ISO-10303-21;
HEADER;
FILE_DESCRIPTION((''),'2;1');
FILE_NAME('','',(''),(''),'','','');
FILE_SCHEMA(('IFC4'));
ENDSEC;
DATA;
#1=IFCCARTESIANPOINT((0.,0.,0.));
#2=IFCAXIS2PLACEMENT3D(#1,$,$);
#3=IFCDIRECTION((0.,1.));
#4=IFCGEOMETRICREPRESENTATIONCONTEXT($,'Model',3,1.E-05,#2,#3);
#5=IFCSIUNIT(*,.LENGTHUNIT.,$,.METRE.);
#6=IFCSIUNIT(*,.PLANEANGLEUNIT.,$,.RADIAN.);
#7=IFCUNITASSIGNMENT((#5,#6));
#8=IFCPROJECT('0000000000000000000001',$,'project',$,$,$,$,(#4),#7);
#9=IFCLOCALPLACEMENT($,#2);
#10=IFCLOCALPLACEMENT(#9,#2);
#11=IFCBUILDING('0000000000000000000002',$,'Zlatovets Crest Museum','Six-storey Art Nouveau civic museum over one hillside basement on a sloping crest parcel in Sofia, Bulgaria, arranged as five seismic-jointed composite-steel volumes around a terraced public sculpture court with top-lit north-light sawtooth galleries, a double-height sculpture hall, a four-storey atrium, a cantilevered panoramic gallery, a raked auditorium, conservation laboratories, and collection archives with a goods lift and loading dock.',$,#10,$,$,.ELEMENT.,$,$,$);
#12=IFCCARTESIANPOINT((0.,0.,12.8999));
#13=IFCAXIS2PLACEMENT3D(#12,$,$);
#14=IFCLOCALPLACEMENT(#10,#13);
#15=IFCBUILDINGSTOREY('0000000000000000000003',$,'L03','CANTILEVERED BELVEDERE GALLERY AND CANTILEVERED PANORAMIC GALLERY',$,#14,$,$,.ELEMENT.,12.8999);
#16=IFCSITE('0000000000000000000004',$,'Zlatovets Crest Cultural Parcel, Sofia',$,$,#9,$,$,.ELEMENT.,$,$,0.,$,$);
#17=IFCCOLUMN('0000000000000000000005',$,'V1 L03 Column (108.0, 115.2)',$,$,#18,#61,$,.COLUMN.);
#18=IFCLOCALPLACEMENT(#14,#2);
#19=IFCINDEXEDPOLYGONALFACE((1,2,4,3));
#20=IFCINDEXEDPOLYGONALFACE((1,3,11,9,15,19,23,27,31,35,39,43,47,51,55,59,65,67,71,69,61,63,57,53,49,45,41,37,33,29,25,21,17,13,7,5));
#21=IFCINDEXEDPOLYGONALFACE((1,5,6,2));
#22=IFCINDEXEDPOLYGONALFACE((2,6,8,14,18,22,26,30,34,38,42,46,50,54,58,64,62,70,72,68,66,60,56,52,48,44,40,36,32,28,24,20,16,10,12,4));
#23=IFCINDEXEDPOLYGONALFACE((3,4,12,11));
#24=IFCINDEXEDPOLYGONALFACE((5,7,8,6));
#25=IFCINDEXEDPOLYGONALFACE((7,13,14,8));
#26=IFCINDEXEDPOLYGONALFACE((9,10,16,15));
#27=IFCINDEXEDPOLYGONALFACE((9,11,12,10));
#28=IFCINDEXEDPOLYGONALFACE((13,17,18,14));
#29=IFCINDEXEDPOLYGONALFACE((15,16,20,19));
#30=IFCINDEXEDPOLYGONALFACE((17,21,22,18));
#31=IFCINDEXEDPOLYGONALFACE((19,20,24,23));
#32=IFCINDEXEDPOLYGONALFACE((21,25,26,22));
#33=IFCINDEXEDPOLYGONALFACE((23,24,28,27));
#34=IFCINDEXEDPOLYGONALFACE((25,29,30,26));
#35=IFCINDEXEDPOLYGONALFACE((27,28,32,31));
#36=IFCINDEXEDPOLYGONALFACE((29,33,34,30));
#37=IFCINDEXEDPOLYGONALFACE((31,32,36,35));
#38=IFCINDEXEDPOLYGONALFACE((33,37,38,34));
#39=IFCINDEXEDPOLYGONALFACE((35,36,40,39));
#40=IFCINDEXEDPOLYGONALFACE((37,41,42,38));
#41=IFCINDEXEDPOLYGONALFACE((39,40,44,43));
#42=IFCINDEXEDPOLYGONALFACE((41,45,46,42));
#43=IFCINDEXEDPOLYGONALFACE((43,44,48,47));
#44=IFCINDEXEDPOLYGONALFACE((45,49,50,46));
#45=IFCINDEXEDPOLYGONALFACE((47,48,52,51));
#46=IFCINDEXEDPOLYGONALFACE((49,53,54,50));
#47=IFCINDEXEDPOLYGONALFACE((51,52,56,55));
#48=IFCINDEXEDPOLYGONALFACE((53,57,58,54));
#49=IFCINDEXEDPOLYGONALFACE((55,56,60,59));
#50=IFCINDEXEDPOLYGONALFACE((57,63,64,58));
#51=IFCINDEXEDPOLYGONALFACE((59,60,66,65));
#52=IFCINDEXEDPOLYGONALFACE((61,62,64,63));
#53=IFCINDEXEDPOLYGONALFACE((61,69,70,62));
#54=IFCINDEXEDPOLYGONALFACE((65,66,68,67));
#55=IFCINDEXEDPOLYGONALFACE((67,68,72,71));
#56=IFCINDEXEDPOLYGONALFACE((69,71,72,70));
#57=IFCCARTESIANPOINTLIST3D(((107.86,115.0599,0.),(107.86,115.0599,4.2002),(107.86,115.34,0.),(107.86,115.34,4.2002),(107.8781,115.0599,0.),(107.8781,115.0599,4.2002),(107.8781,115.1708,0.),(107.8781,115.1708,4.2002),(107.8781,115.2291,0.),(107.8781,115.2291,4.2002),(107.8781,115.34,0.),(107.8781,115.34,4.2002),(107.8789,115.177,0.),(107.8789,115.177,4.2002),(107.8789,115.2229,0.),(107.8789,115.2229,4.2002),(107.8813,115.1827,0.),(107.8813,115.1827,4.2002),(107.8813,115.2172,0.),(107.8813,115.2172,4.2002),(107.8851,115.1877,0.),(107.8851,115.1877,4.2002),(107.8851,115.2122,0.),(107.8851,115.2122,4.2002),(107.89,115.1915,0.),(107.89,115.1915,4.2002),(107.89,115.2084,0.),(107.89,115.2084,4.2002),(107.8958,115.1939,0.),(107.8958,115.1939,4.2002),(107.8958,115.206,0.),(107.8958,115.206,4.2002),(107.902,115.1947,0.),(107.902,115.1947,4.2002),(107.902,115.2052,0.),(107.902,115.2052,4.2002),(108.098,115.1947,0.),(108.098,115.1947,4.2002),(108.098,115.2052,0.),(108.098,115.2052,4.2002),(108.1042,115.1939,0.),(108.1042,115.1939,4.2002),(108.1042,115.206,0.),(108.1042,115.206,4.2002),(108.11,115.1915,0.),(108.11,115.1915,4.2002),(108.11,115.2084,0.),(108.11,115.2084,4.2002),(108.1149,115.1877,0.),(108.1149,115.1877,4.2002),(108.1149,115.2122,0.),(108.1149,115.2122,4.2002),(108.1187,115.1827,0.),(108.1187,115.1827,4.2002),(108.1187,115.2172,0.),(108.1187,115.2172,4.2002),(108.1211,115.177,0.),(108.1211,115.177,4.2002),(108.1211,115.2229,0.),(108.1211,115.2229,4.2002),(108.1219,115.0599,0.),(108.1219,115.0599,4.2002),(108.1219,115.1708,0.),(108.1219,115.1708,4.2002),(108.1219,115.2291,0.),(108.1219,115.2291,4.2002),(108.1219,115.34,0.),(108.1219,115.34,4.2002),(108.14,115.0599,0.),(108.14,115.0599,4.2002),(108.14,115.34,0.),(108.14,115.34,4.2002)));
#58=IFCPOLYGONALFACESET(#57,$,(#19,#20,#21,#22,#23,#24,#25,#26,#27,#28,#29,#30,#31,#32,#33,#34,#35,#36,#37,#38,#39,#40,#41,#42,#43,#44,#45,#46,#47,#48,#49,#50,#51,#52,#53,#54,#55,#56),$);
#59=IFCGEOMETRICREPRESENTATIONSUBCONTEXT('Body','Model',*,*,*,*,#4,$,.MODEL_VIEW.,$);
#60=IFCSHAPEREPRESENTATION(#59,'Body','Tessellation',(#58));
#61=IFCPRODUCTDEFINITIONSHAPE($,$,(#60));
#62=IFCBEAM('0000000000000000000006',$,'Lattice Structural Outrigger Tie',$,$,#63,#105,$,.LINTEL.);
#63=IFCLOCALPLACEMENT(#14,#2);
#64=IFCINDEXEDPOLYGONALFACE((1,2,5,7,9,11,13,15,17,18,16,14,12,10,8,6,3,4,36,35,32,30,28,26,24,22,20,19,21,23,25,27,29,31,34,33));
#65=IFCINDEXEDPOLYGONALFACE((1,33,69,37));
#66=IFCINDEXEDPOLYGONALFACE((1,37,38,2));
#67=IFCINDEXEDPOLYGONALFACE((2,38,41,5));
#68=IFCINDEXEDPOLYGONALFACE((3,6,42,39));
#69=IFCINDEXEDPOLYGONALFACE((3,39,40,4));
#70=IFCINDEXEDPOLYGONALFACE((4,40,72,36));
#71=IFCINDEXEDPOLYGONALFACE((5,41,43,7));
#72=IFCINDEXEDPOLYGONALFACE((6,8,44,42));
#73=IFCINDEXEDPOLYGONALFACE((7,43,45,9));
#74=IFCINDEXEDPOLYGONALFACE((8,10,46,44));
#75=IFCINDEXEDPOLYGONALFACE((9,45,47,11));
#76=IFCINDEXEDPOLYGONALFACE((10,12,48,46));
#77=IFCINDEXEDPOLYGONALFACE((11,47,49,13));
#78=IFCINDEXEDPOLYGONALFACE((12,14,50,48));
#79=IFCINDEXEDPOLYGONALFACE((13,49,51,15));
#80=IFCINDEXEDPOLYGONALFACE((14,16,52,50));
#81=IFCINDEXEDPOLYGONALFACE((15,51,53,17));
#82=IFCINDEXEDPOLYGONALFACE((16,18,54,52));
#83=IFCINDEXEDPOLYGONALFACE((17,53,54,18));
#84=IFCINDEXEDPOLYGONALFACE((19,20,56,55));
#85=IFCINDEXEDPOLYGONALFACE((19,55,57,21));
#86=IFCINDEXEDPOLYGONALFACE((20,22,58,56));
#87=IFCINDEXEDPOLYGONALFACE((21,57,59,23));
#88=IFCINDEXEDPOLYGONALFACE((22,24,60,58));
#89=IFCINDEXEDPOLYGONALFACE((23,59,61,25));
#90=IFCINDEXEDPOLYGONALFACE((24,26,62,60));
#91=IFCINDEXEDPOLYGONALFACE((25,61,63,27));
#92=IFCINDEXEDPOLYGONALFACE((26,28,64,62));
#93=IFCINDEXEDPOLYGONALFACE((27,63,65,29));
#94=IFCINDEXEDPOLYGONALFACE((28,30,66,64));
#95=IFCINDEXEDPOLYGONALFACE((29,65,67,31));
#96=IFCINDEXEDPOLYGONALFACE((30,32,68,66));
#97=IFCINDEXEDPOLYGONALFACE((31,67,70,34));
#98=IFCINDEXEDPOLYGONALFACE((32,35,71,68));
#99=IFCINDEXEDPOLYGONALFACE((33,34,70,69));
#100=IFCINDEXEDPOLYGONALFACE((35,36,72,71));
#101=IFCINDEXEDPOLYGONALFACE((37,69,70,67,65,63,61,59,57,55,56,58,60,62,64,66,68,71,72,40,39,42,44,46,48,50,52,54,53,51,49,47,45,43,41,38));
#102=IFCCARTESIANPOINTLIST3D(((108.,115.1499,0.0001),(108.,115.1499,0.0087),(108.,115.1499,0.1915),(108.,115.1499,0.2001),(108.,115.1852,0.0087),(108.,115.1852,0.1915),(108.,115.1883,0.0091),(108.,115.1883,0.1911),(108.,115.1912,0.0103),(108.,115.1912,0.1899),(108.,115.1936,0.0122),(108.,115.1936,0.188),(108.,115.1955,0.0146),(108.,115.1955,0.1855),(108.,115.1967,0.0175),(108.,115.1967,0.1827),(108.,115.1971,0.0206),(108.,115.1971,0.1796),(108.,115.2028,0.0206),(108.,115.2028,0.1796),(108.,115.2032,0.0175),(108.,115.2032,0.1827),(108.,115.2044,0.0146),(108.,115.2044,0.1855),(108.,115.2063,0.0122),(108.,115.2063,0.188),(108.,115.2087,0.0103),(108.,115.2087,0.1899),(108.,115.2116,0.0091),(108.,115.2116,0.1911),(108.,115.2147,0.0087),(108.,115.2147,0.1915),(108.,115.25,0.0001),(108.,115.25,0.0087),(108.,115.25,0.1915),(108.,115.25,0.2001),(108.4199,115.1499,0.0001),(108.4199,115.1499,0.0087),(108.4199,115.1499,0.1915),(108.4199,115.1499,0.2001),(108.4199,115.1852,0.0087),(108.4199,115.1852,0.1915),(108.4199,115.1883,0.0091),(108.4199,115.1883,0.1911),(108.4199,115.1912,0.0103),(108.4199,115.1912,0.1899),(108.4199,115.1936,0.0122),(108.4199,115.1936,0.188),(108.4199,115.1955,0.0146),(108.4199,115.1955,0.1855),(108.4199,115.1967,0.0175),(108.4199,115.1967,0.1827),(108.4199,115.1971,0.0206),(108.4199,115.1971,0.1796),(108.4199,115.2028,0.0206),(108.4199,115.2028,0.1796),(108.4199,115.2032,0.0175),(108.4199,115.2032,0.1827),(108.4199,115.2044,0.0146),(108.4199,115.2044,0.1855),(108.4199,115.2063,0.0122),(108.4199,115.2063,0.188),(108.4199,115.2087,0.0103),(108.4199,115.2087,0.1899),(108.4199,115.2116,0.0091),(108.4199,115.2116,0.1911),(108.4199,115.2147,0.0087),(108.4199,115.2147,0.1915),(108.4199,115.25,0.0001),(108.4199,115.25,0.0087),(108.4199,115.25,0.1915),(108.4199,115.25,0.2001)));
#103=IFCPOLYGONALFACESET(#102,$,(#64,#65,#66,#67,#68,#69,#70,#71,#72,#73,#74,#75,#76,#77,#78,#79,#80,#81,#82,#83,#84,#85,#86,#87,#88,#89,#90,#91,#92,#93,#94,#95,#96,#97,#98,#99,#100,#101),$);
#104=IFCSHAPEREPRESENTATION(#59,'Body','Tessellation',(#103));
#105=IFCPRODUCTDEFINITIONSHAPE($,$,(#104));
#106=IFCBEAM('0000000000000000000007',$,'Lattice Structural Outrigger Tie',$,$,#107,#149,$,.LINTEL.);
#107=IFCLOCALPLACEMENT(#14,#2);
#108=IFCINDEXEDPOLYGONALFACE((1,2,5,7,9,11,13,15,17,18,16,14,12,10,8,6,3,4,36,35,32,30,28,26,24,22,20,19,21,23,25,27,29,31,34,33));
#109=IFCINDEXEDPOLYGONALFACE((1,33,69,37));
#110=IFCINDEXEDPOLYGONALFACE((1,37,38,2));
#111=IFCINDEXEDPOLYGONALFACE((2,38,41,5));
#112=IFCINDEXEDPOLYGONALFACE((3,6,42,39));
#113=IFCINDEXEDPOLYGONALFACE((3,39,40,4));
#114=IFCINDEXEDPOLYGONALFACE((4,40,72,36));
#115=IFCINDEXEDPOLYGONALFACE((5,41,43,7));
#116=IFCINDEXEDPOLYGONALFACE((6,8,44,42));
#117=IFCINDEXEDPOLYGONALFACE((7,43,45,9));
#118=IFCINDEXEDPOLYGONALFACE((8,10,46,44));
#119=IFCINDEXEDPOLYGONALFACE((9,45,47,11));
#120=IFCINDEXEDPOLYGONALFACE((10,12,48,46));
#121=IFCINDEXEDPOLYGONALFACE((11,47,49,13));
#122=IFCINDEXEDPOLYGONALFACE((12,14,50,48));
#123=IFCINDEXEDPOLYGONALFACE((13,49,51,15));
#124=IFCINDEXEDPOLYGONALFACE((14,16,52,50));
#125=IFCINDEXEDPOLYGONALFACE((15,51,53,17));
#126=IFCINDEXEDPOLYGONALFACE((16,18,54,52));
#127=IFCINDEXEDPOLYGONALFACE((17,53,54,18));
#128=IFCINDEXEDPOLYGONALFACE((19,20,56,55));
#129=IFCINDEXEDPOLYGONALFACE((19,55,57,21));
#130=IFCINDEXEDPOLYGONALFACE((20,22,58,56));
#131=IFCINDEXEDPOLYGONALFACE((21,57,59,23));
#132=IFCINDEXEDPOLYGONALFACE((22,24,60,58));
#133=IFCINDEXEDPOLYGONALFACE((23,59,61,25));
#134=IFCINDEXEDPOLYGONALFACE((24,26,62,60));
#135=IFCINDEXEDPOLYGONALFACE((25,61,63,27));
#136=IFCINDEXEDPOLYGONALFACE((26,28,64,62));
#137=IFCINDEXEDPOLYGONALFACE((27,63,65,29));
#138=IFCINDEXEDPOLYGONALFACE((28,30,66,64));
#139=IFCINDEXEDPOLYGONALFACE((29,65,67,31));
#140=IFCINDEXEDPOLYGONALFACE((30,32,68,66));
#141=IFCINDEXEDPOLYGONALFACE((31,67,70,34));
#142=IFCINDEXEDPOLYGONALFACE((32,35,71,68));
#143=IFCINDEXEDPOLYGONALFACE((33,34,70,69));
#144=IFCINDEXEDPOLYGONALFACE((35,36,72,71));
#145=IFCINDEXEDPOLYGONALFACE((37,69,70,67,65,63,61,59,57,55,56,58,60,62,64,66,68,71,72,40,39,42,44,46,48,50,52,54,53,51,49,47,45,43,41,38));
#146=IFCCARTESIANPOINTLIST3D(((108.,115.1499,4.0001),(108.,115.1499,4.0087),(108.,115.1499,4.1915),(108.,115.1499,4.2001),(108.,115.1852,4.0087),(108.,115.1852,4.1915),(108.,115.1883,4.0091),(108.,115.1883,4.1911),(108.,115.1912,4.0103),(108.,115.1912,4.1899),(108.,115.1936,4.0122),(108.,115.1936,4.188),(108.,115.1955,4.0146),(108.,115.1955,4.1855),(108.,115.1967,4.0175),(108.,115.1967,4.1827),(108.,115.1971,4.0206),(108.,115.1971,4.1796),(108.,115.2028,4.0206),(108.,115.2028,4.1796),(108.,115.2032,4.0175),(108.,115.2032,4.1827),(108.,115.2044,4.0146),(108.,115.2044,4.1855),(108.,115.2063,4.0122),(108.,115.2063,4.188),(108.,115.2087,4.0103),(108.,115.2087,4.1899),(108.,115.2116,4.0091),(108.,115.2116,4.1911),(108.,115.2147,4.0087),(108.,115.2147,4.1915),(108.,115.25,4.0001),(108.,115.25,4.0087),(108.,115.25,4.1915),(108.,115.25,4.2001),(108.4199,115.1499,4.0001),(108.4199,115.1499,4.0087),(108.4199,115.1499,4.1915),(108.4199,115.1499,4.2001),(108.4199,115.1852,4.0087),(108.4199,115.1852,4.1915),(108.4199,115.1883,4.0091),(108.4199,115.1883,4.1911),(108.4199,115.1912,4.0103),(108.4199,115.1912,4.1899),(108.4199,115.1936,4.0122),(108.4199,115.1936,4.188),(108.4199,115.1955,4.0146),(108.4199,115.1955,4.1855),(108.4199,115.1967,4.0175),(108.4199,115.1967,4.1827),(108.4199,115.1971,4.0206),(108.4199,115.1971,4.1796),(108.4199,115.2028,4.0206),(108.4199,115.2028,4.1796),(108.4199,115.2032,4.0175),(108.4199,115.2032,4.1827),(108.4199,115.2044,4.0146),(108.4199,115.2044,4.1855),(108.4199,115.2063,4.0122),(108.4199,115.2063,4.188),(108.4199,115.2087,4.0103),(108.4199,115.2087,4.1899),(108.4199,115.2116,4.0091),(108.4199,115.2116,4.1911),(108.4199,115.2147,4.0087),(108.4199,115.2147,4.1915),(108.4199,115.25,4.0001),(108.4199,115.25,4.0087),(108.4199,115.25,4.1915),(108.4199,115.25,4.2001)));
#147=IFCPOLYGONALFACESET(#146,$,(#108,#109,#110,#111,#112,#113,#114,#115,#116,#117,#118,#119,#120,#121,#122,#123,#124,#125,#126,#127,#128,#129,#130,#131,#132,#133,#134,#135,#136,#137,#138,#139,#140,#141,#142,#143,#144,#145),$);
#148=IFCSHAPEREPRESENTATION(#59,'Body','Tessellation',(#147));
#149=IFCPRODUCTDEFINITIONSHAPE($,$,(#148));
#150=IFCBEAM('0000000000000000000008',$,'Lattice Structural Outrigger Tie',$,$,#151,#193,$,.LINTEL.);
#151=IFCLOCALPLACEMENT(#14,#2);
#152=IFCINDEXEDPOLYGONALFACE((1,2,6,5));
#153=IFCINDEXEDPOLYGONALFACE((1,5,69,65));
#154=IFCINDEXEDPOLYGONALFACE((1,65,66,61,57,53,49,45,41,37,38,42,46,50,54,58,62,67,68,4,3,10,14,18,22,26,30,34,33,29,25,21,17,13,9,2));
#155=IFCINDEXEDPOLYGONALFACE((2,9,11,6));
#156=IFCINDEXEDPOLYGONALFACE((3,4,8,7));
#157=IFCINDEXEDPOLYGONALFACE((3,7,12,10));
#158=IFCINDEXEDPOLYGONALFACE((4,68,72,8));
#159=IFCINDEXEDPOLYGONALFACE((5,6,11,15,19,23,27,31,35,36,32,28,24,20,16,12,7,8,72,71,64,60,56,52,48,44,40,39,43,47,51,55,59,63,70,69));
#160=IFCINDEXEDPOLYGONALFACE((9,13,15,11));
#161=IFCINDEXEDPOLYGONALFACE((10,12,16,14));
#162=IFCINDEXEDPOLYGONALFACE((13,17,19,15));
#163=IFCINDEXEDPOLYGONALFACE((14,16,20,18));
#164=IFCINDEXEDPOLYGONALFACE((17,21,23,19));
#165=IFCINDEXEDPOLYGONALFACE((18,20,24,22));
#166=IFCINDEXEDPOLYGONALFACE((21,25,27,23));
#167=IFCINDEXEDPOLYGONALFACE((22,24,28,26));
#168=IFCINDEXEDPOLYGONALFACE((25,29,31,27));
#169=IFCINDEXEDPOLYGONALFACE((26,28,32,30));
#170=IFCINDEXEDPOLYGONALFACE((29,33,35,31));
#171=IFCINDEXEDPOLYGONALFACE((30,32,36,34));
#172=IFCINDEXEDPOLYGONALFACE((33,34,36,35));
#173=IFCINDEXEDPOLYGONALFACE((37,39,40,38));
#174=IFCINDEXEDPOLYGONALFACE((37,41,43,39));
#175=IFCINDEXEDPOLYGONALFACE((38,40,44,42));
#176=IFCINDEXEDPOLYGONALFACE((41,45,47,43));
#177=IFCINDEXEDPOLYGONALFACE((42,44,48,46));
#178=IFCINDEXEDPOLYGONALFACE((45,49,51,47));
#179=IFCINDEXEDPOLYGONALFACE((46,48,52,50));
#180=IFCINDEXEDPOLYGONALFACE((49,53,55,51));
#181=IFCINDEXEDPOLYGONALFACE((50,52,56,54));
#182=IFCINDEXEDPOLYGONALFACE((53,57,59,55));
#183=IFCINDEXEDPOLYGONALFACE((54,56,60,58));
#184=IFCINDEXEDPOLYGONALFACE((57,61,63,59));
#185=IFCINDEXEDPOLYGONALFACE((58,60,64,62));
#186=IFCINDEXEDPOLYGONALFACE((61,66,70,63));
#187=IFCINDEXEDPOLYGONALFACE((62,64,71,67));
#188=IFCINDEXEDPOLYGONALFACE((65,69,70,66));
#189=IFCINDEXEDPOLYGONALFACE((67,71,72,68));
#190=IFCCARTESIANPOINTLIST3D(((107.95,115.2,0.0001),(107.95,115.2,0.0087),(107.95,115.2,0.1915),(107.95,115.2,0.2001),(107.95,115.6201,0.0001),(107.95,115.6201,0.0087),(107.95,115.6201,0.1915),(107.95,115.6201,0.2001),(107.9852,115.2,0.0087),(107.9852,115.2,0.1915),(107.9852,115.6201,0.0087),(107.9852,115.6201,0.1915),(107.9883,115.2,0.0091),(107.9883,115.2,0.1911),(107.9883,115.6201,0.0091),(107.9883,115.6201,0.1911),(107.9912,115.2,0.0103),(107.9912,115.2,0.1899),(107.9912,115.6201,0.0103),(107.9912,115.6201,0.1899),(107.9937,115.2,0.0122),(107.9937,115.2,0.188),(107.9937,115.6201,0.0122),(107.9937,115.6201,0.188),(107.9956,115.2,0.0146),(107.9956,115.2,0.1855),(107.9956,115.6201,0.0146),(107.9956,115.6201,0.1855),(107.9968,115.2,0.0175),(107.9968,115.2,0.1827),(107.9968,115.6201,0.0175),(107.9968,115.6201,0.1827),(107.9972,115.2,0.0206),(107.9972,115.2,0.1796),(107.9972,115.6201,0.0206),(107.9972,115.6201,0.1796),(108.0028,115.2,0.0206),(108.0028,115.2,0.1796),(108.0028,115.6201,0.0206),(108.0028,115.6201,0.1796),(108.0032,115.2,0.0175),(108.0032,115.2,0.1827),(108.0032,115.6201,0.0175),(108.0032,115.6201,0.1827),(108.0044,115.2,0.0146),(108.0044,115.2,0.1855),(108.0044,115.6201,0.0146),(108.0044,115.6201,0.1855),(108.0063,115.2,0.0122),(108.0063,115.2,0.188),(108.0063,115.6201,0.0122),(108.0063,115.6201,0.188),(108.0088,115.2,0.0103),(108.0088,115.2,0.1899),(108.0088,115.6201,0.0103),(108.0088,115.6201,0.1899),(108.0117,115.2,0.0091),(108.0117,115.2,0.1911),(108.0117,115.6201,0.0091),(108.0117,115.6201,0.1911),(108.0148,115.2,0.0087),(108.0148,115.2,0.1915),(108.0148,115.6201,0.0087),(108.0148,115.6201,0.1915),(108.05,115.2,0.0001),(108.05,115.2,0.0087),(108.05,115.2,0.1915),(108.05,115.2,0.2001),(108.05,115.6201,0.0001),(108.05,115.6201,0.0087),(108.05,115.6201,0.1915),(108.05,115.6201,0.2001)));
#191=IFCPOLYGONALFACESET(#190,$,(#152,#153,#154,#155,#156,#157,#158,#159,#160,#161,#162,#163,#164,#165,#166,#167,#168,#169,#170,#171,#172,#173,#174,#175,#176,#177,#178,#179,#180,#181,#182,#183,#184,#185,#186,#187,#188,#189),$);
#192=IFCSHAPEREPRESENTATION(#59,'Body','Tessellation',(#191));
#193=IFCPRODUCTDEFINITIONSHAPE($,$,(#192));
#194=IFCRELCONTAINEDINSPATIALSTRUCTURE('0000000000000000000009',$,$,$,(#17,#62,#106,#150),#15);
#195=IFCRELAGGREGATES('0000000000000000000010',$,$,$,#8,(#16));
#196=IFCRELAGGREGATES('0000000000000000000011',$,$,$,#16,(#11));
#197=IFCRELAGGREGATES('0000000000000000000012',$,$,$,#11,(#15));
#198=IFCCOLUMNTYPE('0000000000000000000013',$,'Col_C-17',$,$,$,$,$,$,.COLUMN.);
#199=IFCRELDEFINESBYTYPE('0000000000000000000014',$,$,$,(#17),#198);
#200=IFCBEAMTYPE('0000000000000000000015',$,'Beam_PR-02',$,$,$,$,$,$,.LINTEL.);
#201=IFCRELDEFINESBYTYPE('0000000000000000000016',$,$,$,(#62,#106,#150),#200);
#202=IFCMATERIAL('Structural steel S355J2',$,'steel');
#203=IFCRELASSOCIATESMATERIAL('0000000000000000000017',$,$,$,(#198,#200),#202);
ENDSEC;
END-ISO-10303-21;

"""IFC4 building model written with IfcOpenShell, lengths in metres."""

from ifc_helpers import new_model, si_unit, direction, frame, origin, origin_2d, place, context, subcontext, project, spatial, i_section, extrude, material, material_profile, profile_set, type_object, element, save


model = new_model("IFC4")

# Units and contexts
model_context = context("Model", 3, precision=1e-05, world=origin(), true_north=direction((0.0, 1.0)))
body_context = subcontext(model_context, "Body", "Model", "MODEL_VIEW")
ifc_project = project(units=[si_unit("LENGTHUNIT", "METRE"), si_unit("PLANEANGLEUNIT", "RADIAN")], contexts=[model_context])

# Site, building, storey
site_placement = place(None, origin())
site = spatial("IfcSite", under=ifc_project, at=site_placement, Name="Zlatovets Crest Cultural Parcel, Sofia", CompositionType="ELEMENT", RefElevation=0.0)
building_placement = place(site_placement, origin())
building = spatial("IfcBuilding", under=site, at=building_placement, Name="Zlatovets Crest Museum", Description="Six-storey Art Nouveau civic museum over one hillside basement on a sloping crest parcel in Sofia, Bulgaria, arranged as five seismic-jointed composite-steel volumes around a terraced public sculpture court with top-lit north-light sawtooth galleries, a double-height sculpture hall, a four-storey atrium, a cantilevered panoramic gallery, a raked auditorium, conservation laboratories, and collection archives with a goods lift and loading dock.", CompositionType="ELEMENT")
storey_placement = place(building_placement, frame((0.0, 0.0, 12.8999)))
storey = spatial("IfcBuildingStorey", under=building, at=storey_placement, Name="L03", Description="CANTILEVERED BELVEDERE GALLERY AND CANTILEVERED PANORAMIC GALLERY", CompositionType="ELEMENT", Elevation=12.8999)

# Column
ifc_material_1 = material(Name="Structural steel S355J2", Category="steel")
ifc_material_profile_1 = material_profile(ifc_material_1, i_section(OverallWidth=0.28, OverallDepth=0.28, WebThickness=0.0105, FlangeThickness=0.0181, FilletRadius=0.0239, at=origin_2d()), Name="HEB 280")
ifc_profile_set_1 = profile_set([ifc_material_profile_1], Name="Structural steel S355J2")
column_type = type_object("IfcColumnType", Name="Col_C-17", PredefinedType="COLUMN", material=ifc_profile_set_1)
column_placement = place(storey_placement, frame((108.0, 115.2, 0.0), z_axis=(0.0, 0.0, 1.0), x_axis=(0.0, 1.0, 0.0)))
element("IfcColumn", 1, at=column_placement, inside=storey, type_object=column_type, Name="V1 L03 Column (108.0, 115.2)", PredefinedType="COLUMN", context=body_context, shape_type="SweptSolid", body=[
    extrude(i_section(OverallWidth=0.28, OverallDepth=0.28, WebThickness=0.0105, FlangeThickness=0.0181, FilletRadius=0.0239, at=origin_2d()), origin(), (0.0, 0.0, 1.0), 4.2002),
])

# Beams
ifc_material_profile_2 = material_profile(ifc_material_1, i_section(OverallWidth=0.1001, OverallDepth=0.2, WebThickness=0.0056, FlangeThickness=0.0085, FilletRadius=0.012, at=origin_2d()), Name="IPE 200")
ifc_profile_set_2 = profile_set([ifc_material_profile_2], Name="Structural steel S355J2")
beam_type = type_object("IfcBeamType", Name="Beam_PR-02", PredefinedType="LINTEL", material=ifc_profile_set_2)
for number, where, z_axis, x_axis, name in (
    (2, (108.0, 115.2, 0.1001), (1.0, 0.0, 0.0), (0.0, 1.0, 0.0), "Lattice Structural Outrigger Tie"),
    (3, (108.0, 115.2, 4.1001), (1.0, 0.0, 0.0), (0.0, 1.0, 0.0), "Lattice Structural Outrigger Tie"),
):
    element("IfcBeam", number, at=place(storey_placement, frame(where, z_axis=z_axis, x_axis=x_axis)), inside=storey, type_object=beam_type, Name=name, PredefinedType="LINTEL", context=body_context, shape_type="SweptSolid", body=[
        extrude(i_section(OverallWidth=0.1001, OverallDepth=0.2, WebThickness=0.0056, FlangeThickness=0.0085, FilletRadius=0.012, at=origin_2d()), origin(), (0.0, 0.0, 1.0), 0.4199),
    ])
for number, where, z_axis, x_axis, name in (
    (4, (108.0, 115.2, 0.1001), (0.0, 1.0, 0.0), (-1.0, 0.0, 0.0), "Lattice Structural Outrigger Tie"),
):
    element("IfcBeam", number, at=place(storey_placement, frame(where, z_axis=z_axis, x_axis=x_axis)), inside=storey, type_object=beam_type, Name=name, PredefinedType="LINTEL", context=body_context, shape_type="SweptSolid", body=[
        extrude(i_section(OverallWidth=0.1001, OverallDepth=0.2, WebThickness=0.0056, FlangeThickness=0.0085, FilletRadius=0.012, at=origin_2d()), origin(), (0.0, 0.0, 1.0), 0.4202),
    ])

save(model, "model.ifc")
